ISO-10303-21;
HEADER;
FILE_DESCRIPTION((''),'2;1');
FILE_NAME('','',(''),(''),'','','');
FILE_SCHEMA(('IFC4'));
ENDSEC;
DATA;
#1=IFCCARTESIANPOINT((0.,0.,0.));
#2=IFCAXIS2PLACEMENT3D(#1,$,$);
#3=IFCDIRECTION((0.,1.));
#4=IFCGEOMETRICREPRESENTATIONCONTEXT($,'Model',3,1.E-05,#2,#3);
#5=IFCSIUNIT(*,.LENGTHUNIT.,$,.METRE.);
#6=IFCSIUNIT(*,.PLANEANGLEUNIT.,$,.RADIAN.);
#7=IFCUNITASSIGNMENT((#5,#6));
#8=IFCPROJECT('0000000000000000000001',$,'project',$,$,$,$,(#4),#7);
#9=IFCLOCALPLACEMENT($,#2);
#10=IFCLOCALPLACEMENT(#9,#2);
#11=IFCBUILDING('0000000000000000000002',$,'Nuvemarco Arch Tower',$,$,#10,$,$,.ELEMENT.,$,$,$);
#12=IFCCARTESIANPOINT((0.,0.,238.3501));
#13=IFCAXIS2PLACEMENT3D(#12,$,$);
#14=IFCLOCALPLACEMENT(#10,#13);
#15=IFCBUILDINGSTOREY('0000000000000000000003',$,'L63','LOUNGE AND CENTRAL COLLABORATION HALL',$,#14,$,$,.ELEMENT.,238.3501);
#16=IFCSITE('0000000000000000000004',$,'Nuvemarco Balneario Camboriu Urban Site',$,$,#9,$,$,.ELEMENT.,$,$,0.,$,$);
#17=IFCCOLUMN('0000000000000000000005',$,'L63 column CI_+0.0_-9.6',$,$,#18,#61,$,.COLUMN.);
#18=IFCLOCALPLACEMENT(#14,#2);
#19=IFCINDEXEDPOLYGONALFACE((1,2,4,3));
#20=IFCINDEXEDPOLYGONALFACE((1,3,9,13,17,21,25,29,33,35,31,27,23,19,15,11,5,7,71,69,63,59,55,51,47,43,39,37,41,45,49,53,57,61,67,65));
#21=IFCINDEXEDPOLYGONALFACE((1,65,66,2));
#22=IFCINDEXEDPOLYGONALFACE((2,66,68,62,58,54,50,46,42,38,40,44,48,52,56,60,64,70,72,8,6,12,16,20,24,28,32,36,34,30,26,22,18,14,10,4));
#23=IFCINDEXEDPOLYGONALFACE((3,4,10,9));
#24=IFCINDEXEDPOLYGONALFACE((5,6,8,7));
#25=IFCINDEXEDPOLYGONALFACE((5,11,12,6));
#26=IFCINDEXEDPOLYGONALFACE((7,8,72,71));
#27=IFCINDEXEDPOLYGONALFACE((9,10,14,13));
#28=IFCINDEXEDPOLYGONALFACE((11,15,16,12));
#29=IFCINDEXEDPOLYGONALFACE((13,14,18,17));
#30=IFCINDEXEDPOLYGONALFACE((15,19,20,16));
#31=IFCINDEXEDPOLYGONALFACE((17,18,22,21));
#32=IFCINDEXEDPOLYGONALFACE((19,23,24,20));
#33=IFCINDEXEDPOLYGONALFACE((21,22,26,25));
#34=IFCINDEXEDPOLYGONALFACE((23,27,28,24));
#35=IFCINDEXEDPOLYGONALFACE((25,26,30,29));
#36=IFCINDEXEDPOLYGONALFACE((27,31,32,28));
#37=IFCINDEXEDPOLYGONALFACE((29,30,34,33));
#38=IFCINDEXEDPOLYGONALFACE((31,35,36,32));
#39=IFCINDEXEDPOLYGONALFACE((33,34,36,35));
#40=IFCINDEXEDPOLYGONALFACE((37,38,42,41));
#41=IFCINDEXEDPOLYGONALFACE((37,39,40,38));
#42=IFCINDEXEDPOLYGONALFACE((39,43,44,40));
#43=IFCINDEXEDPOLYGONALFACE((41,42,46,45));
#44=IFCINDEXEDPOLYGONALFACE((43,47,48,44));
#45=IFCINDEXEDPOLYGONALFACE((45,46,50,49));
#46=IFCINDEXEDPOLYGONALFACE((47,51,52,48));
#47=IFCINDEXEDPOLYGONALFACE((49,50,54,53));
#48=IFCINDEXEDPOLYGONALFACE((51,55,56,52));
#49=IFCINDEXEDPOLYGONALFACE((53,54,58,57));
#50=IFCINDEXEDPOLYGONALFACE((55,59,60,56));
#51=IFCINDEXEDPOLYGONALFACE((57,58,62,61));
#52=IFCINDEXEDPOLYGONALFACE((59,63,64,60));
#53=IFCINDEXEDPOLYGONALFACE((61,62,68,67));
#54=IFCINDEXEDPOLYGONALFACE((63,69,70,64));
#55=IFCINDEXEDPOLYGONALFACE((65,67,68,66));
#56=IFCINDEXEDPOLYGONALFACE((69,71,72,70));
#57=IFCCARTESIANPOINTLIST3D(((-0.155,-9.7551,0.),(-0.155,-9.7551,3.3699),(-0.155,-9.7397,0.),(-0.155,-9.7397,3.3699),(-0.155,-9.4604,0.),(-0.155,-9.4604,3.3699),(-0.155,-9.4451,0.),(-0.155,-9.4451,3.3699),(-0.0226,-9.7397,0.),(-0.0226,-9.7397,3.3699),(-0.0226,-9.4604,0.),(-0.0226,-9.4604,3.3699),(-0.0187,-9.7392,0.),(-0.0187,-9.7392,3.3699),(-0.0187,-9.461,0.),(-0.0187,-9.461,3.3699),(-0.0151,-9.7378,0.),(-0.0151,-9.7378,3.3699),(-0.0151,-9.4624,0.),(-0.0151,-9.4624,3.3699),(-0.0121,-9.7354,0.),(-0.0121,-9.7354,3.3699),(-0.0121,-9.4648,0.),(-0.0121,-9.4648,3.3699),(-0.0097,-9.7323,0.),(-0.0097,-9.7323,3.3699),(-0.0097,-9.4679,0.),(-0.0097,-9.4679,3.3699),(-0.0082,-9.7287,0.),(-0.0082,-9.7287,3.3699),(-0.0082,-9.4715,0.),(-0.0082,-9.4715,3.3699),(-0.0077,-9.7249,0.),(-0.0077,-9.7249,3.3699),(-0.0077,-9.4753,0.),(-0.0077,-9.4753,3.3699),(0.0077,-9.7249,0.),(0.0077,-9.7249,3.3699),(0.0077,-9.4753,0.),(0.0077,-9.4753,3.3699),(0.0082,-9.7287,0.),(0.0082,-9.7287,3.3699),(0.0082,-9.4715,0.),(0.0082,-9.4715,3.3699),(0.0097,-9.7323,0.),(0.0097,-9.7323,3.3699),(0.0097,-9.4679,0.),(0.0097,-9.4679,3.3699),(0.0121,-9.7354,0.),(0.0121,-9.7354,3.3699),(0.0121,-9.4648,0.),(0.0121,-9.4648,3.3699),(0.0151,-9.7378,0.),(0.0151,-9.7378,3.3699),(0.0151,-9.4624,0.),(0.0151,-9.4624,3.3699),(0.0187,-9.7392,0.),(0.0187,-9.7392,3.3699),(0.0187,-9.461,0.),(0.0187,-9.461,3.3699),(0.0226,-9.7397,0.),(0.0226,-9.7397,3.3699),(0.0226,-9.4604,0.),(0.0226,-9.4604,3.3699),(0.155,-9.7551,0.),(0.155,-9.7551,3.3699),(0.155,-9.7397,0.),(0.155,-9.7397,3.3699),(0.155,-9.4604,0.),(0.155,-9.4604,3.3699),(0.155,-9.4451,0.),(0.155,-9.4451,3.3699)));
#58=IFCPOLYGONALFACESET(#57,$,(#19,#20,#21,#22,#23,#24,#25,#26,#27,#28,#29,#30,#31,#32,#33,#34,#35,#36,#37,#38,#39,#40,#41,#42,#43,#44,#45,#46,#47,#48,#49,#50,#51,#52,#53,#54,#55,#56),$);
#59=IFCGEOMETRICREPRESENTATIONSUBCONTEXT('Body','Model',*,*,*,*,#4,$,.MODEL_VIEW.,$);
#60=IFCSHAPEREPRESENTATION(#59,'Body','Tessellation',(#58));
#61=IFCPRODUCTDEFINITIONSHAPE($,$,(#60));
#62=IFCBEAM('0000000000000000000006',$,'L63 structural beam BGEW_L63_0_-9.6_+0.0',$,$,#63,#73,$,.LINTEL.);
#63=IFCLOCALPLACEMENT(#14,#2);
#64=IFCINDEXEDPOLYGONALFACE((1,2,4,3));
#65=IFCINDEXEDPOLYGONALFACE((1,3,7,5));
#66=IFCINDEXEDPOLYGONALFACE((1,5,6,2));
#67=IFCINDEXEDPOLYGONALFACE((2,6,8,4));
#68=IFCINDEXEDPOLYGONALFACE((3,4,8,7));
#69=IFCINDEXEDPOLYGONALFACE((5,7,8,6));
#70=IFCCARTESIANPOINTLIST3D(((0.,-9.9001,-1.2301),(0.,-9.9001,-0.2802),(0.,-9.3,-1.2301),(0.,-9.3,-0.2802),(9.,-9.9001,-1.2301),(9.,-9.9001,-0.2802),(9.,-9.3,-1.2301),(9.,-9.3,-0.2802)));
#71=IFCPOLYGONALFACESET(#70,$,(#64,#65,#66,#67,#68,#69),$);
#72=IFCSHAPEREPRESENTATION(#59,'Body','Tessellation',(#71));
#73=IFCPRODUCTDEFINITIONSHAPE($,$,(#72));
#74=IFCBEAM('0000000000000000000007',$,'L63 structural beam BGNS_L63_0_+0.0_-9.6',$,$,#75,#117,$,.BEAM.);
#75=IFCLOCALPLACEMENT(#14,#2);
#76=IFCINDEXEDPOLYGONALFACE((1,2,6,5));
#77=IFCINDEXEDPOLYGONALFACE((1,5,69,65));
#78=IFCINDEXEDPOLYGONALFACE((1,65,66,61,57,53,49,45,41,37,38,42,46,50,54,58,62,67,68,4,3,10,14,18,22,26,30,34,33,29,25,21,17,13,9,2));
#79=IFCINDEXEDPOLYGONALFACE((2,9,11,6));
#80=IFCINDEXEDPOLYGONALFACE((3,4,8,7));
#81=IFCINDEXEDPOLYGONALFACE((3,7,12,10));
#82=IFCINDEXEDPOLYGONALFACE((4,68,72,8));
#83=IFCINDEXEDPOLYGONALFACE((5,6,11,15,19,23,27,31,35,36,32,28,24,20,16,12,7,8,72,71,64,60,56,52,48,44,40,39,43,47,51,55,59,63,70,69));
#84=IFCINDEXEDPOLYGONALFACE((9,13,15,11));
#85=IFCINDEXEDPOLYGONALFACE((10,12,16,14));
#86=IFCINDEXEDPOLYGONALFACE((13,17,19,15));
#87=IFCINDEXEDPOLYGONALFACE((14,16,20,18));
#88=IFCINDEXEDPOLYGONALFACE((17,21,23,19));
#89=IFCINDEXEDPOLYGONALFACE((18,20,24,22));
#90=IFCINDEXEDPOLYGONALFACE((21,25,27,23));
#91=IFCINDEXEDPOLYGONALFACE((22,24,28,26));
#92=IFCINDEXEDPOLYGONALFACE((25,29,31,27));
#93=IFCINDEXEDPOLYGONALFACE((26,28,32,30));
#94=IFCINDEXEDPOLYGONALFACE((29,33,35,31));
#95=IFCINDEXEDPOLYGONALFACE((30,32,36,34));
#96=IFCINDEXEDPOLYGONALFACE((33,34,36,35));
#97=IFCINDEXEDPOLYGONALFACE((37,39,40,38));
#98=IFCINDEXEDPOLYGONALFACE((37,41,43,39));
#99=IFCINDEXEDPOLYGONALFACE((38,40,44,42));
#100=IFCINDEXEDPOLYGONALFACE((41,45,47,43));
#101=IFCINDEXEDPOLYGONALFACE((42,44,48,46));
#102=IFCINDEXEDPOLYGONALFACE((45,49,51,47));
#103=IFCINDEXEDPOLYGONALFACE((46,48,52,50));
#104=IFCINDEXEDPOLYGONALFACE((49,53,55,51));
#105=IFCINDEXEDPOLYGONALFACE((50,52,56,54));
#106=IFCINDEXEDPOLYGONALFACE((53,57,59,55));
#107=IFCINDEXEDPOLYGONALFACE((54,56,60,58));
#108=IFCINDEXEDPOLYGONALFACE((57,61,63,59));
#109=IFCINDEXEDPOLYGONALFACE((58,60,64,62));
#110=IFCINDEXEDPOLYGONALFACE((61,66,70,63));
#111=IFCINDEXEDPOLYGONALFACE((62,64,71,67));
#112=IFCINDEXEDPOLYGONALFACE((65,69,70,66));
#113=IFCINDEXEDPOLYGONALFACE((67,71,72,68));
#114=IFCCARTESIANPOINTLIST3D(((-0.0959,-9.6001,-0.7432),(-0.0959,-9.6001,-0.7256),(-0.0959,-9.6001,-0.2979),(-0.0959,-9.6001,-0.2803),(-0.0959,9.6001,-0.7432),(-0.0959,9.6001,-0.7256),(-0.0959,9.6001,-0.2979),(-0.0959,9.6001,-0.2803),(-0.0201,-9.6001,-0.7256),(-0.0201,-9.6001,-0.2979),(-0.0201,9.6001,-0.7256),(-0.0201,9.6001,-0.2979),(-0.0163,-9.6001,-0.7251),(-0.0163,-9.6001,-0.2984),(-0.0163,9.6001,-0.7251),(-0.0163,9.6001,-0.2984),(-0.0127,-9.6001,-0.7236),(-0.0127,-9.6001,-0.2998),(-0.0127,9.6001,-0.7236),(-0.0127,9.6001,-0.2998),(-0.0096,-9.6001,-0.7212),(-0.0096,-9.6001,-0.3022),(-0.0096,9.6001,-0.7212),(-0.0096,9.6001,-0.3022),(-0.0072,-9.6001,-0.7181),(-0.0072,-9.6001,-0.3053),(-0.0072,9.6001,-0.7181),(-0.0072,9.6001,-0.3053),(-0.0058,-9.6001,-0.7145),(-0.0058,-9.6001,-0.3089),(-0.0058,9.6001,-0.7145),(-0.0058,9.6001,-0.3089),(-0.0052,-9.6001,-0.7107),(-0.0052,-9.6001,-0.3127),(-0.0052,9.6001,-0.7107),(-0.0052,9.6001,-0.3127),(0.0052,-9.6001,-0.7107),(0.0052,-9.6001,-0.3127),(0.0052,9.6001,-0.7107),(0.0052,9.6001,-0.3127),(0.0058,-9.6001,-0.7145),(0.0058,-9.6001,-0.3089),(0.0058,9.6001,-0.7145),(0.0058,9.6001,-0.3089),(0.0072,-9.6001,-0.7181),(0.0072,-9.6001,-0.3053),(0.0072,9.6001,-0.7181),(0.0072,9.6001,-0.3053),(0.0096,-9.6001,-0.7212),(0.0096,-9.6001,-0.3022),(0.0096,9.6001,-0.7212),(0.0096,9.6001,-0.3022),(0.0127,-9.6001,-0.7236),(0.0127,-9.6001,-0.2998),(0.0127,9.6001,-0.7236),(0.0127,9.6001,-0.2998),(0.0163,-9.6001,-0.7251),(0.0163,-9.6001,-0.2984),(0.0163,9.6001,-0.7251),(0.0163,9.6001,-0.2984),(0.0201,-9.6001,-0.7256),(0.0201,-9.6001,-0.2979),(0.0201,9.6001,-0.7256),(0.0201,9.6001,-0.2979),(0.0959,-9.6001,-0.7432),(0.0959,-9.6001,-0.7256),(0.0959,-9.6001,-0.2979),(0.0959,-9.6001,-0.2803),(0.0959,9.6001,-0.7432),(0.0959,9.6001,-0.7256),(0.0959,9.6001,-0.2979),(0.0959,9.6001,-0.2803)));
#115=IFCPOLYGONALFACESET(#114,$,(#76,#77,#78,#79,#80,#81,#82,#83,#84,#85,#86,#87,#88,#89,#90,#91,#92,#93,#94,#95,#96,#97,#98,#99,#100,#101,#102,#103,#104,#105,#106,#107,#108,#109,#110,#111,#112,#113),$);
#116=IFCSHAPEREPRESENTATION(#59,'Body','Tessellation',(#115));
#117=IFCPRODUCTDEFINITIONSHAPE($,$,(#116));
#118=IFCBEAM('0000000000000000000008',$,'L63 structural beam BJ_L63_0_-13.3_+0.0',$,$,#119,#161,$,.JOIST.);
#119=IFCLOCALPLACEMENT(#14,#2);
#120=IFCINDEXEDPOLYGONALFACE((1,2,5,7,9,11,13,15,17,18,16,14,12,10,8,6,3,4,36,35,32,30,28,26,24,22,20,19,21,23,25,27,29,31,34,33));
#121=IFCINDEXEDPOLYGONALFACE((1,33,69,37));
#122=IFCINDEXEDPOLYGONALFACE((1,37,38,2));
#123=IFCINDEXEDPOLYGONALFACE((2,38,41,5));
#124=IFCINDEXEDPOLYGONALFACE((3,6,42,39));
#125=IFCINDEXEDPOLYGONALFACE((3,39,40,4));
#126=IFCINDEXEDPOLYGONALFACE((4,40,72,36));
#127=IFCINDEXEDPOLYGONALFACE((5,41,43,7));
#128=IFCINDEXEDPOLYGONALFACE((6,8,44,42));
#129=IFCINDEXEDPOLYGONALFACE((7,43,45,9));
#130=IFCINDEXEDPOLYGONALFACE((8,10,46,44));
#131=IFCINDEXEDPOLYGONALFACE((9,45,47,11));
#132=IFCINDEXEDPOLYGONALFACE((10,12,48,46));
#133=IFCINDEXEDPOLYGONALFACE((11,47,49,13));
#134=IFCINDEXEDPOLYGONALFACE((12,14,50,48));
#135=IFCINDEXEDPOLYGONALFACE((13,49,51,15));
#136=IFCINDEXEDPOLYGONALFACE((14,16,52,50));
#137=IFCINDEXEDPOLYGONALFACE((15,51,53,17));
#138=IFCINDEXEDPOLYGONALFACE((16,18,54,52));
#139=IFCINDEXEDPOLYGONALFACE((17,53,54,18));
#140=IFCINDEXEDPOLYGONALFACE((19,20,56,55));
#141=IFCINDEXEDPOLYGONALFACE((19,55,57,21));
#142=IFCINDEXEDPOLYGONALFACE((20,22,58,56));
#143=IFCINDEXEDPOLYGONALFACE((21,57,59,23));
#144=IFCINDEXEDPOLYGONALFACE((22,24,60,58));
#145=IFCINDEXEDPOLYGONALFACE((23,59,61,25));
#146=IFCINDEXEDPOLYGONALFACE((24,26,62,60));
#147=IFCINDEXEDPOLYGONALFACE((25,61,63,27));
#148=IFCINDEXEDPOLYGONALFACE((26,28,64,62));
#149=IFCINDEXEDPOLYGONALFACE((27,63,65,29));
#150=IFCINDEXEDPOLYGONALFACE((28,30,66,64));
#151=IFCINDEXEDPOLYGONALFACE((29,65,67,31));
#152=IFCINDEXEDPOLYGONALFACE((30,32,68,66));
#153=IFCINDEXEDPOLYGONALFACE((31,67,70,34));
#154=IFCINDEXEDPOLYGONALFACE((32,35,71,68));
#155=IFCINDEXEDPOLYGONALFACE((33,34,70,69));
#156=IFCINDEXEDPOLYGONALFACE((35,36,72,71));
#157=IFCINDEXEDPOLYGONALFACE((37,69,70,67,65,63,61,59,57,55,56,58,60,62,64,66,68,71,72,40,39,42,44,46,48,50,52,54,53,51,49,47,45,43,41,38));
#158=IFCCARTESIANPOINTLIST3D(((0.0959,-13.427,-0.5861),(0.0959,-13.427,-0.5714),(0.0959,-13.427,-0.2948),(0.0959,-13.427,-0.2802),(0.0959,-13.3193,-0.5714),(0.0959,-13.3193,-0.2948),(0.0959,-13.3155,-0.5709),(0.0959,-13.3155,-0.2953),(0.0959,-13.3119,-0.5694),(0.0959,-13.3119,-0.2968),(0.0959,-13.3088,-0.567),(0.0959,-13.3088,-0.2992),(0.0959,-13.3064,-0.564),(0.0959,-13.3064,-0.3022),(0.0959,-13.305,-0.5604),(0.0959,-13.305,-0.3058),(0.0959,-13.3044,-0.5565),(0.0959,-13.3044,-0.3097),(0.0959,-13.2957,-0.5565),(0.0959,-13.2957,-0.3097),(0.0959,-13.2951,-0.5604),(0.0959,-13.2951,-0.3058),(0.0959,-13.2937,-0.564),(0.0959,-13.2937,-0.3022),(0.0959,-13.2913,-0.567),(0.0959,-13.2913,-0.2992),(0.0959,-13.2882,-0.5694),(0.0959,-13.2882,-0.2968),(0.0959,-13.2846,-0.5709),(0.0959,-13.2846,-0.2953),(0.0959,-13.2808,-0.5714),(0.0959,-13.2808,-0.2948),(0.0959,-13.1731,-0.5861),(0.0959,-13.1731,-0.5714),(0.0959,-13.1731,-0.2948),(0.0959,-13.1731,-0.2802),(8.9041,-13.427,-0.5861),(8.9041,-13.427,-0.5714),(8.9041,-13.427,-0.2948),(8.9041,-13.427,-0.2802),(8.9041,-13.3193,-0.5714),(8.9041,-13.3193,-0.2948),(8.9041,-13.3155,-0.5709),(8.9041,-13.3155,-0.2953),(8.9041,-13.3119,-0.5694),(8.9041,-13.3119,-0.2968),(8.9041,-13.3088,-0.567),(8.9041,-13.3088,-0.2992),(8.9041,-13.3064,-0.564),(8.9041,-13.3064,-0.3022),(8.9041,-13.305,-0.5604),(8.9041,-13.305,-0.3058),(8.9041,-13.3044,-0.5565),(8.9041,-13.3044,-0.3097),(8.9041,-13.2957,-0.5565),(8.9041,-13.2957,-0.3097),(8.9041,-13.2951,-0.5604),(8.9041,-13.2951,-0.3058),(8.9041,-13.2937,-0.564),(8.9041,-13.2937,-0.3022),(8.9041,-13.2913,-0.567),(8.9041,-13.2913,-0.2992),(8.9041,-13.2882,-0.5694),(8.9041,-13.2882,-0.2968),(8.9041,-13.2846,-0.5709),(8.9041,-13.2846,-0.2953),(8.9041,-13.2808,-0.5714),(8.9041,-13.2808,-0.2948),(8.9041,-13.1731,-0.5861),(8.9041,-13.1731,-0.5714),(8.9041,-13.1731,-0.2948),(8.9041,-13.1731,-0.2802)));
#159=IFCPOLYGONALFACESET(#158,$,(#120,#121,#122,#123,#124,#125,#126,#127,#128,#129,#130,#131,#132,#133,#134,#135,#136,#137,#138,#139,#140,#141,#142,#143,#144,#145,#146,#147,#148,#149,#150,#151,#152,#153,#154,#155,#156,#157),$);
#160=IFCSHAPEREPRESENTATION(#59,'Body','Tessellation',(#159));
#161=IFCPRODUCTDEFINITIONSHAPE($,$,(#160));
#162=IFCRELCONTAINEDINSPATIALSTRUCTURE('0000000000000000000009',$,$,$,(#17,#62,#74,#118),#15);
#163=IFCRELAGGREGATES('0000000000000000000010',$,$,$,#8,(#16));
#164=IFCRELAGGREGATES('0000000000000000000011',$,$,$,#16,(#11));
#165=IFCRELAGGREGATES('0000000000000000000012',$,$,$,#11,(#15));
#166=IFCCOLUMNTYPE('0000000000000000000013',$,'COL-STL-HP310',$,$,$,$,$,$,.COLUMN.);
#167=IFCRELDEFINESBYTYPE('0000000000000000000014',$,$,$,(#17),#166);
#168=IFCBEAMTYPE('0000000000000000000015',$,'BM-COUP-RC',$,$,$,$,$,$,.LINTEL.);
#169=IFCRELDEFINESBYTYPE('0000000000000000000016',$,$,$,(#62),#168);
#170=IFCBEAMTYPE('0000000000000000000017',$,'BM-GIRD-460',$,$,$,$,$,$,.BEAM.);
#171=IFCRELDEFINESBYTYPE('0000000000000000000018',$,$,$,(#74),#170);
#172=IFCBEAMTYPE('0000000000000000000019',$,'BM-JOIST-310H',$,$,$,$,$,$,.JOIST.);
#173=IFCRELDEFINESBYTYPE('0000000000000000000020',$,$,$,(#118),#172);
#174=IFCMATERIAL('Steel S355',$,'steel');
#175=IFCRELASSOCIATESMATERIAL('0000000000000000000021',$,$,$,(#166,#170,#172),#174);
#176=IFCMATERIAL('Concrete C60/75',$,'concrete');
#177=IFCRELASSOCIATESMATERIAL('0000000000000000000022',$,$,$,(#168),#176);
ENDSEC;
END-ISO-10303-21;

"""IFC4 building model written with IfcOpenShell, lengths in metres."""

from ifc_helpers import new_model, si_unit, direction, frame, origin, origin_2d, place, context, subcontext, project, spatial, rectangle, i_section, extrude, material, material_profile, profile_set, type_object, element, save


model = new_model("IFC4")

# Units and contexts
model_context = context("Model", 3, precision=1e-05, world=origin(), true_north=direction((0.0, 1.0)))
body_context = subcontext(model_context, "Body", "Model", "MODEL_VIEW")
ifc_project = project(units=[si_unit("LENGTHUNIT", "METRE"), si_unit("PLANEANGLEUNIT", "RADIAN")], contexts=[model_context])

# Site, building, storey
site_placement = place(None, origin())
site = spatial("IfcSite", under=ifc_project, at=site_placement, Name="Nuvemarco Balneario Camboriu Urban Site", CompositionType="ELEMENT", RefElevation=0.0)
building_placement = place(site_placement, origin())
building = spatial("IfcBuilding", under=site, at=building_placement, Name="Nuvemarco Arch Tower", CompositionType="ELEMENT")
storey_placement = place(building_placement, frame((0.0, 0.0, 238.3501)))
storey = spatial("IfcBuildingStorey", under=building, at=storey_placement, Name="L63", Description="LOUNGE AND CENTRAL COLLABORATION HALL", CompositionType="ELEMENT", Elevation=238.3501)

# Column
ifc_material_1 = material(Name="Steel S355", Category="steel")
ifc_material_profile_1 = material_profile(ifc_material_1, i_section(OverallWidth=0.3101, OverallDepth=0.3101, WebThickness=0.0154, FlangeThickness=0.0154, FilletRadius=0.0149, at=origin_2d()), Name="HP310x110")
ifc_profile_set_1 = profile_set([ifc_material_profile_1], Name="Steel S355")
column_type = type_object("IfcColumnType", Name="COL-STL-HP310", PredefinedType="COLUMN", material=ifc_profile_set_1)
column_placement = place(storey_placement, frame((0.0, -9.6001, 0.0), z_axis=(0.0, 0.0, 1.0), x_axis=(1.0, 0.0, 0.0)))
element("IfcColumn", 1, at=column_placement, inside=storey, type_object=column_type, Name="L63 column CI_+0.0_-9.6", PredefinedType="COLUMN", context=body_context, shape_type="SweptSolid", body=[
    extrude(i_section(OverallWidth=0.3101, OverallDepth=0.3101, WebThickness=0.0154, FlangeThickness=0.0154, FilletRadius=0.0149, at=origin_2d()), origin(), (0.0, 0.0, 1.0), 3.3699),
])

# Beams
ifc_material_2 = material(Name="Concrete C60/75", Category="concrete")
ifc_material_profile_2 = material_profile(ifc_material_2, rectangle(XDim=0.6001, YDim=0.95, at=origin_2d()), Name="RC-BM-600x950")
ifc_profile_set_2 = profile_set([ifc_material_profile_2], Name="Concrete C60/75")
beam_type_1 = type_object("IfcBeamType", Name="BM-COUP-RC", PredefinedType="LINTEL", material=ifc_profile_set_2)
beam_1_placement = place(storey_placement, frame((0.0, -9.6001, -0.7551), z_axis=(1.0, 0.0, 0.0), x_axis=(0.0, 1.0, 0.0)))
element("IfcBeam", 2, at=beam_1_placement, inside=storey, type_object=beam_type_1, Name="L63 structural beam BGEW_L63_0_-9.6_+0.0", PredefinedType="LINTEL", context=body_context, shape_type="SweptSolid", body=[
    extrude(rectangle(XDim=0.6001, YDim=0.95, at=origin_2d()), origin(), (0.0, 0.0, 1.0), 9.0),
])
ifc_material_profile_3 = material_profile(ifc_material_1, i_section(OverallWidth=0.1919, OverallDepth=0.4629, WebThickness=0.0105, FlangeThickness=0.0176, FilletRadius=0.0149, at=origin_2d()), Name="W460x89")
ifc_profile_set_3 = profile_set([ifc_material_profile_3], Name="Steel S355")
beam_type_2 = type_object("IfcBeamType", Name="BM-GIRD-460", PredefinedType="BEAM", material=ifc_profile_set_3)
beam_2_placement = place(storey_placement, frame((0.0, -9.6001, -0.5117), z_axis=(0.0, 1.0, 0.0), x_axis=(-1.0, 0.0, 0.0)))
element("IfcBeam", 3, at=beam_2_placement, inside=storey, type_object=beam_type_2, Name="L63 structural beam BGNS_L63_0_+0.0_-9.6", PredefinedType="BEAM", context=body_context, shape_type="SweptSolid", body=[
    extrude(i_section(OverallWidth=0.1919, OverallDepth=0.4629, WebThickness=0.0105, FlangeThickness=0.0176, FilletRadius=0.0149, at=origin_2d()), origin(), (0.0, 0.0, 1.0), 19.2002),
])
ifc_material_profile_4 = material_profile(ifc_material_1, i_section(OverallWidth=0.2539, OverallDepth=0.3059, WebThickness=0.0088, FlangeThickness=0.0146, FilletRadius=0.0149, at=origin_2d()), Name="W310x79")
ifc_profile_set_4 = profile_set([ifc_material_profile_4], Name="Steel S355")
beam_type_3 = type_object("IfcBeamType", Name="BM-JOIST-310H", PredefinedType="JOIST", material=ifc_profile_set_4)
beam_3_placement = place(storey_placement, frame((0.0959, -13.3, -0.4331), z_axis=(1.0, 0.0, 0.0), x_axis=(0.0, 1.0, 0.0)))
element("IfcBeam", 4, at=beam_3_placement, inside=storey, type_object=beam_type_3, Name="L63 structural beam BJ_L63_0_-13.3_+0.0", PredefinedType="JOIST", context=body_context, shape_type="SweptSolid", body=[
    extrude(i_section(OverallWidth=0.2539, OverallDepth=0.3059, WebThickness=0.0088, FlangeThickness=0.0146, FilletRadius=0.0149, at=origin_2d()), origin(), (0.0, 0.0, 1.0), 8.8081),
])

save(model, "model.ifc")
